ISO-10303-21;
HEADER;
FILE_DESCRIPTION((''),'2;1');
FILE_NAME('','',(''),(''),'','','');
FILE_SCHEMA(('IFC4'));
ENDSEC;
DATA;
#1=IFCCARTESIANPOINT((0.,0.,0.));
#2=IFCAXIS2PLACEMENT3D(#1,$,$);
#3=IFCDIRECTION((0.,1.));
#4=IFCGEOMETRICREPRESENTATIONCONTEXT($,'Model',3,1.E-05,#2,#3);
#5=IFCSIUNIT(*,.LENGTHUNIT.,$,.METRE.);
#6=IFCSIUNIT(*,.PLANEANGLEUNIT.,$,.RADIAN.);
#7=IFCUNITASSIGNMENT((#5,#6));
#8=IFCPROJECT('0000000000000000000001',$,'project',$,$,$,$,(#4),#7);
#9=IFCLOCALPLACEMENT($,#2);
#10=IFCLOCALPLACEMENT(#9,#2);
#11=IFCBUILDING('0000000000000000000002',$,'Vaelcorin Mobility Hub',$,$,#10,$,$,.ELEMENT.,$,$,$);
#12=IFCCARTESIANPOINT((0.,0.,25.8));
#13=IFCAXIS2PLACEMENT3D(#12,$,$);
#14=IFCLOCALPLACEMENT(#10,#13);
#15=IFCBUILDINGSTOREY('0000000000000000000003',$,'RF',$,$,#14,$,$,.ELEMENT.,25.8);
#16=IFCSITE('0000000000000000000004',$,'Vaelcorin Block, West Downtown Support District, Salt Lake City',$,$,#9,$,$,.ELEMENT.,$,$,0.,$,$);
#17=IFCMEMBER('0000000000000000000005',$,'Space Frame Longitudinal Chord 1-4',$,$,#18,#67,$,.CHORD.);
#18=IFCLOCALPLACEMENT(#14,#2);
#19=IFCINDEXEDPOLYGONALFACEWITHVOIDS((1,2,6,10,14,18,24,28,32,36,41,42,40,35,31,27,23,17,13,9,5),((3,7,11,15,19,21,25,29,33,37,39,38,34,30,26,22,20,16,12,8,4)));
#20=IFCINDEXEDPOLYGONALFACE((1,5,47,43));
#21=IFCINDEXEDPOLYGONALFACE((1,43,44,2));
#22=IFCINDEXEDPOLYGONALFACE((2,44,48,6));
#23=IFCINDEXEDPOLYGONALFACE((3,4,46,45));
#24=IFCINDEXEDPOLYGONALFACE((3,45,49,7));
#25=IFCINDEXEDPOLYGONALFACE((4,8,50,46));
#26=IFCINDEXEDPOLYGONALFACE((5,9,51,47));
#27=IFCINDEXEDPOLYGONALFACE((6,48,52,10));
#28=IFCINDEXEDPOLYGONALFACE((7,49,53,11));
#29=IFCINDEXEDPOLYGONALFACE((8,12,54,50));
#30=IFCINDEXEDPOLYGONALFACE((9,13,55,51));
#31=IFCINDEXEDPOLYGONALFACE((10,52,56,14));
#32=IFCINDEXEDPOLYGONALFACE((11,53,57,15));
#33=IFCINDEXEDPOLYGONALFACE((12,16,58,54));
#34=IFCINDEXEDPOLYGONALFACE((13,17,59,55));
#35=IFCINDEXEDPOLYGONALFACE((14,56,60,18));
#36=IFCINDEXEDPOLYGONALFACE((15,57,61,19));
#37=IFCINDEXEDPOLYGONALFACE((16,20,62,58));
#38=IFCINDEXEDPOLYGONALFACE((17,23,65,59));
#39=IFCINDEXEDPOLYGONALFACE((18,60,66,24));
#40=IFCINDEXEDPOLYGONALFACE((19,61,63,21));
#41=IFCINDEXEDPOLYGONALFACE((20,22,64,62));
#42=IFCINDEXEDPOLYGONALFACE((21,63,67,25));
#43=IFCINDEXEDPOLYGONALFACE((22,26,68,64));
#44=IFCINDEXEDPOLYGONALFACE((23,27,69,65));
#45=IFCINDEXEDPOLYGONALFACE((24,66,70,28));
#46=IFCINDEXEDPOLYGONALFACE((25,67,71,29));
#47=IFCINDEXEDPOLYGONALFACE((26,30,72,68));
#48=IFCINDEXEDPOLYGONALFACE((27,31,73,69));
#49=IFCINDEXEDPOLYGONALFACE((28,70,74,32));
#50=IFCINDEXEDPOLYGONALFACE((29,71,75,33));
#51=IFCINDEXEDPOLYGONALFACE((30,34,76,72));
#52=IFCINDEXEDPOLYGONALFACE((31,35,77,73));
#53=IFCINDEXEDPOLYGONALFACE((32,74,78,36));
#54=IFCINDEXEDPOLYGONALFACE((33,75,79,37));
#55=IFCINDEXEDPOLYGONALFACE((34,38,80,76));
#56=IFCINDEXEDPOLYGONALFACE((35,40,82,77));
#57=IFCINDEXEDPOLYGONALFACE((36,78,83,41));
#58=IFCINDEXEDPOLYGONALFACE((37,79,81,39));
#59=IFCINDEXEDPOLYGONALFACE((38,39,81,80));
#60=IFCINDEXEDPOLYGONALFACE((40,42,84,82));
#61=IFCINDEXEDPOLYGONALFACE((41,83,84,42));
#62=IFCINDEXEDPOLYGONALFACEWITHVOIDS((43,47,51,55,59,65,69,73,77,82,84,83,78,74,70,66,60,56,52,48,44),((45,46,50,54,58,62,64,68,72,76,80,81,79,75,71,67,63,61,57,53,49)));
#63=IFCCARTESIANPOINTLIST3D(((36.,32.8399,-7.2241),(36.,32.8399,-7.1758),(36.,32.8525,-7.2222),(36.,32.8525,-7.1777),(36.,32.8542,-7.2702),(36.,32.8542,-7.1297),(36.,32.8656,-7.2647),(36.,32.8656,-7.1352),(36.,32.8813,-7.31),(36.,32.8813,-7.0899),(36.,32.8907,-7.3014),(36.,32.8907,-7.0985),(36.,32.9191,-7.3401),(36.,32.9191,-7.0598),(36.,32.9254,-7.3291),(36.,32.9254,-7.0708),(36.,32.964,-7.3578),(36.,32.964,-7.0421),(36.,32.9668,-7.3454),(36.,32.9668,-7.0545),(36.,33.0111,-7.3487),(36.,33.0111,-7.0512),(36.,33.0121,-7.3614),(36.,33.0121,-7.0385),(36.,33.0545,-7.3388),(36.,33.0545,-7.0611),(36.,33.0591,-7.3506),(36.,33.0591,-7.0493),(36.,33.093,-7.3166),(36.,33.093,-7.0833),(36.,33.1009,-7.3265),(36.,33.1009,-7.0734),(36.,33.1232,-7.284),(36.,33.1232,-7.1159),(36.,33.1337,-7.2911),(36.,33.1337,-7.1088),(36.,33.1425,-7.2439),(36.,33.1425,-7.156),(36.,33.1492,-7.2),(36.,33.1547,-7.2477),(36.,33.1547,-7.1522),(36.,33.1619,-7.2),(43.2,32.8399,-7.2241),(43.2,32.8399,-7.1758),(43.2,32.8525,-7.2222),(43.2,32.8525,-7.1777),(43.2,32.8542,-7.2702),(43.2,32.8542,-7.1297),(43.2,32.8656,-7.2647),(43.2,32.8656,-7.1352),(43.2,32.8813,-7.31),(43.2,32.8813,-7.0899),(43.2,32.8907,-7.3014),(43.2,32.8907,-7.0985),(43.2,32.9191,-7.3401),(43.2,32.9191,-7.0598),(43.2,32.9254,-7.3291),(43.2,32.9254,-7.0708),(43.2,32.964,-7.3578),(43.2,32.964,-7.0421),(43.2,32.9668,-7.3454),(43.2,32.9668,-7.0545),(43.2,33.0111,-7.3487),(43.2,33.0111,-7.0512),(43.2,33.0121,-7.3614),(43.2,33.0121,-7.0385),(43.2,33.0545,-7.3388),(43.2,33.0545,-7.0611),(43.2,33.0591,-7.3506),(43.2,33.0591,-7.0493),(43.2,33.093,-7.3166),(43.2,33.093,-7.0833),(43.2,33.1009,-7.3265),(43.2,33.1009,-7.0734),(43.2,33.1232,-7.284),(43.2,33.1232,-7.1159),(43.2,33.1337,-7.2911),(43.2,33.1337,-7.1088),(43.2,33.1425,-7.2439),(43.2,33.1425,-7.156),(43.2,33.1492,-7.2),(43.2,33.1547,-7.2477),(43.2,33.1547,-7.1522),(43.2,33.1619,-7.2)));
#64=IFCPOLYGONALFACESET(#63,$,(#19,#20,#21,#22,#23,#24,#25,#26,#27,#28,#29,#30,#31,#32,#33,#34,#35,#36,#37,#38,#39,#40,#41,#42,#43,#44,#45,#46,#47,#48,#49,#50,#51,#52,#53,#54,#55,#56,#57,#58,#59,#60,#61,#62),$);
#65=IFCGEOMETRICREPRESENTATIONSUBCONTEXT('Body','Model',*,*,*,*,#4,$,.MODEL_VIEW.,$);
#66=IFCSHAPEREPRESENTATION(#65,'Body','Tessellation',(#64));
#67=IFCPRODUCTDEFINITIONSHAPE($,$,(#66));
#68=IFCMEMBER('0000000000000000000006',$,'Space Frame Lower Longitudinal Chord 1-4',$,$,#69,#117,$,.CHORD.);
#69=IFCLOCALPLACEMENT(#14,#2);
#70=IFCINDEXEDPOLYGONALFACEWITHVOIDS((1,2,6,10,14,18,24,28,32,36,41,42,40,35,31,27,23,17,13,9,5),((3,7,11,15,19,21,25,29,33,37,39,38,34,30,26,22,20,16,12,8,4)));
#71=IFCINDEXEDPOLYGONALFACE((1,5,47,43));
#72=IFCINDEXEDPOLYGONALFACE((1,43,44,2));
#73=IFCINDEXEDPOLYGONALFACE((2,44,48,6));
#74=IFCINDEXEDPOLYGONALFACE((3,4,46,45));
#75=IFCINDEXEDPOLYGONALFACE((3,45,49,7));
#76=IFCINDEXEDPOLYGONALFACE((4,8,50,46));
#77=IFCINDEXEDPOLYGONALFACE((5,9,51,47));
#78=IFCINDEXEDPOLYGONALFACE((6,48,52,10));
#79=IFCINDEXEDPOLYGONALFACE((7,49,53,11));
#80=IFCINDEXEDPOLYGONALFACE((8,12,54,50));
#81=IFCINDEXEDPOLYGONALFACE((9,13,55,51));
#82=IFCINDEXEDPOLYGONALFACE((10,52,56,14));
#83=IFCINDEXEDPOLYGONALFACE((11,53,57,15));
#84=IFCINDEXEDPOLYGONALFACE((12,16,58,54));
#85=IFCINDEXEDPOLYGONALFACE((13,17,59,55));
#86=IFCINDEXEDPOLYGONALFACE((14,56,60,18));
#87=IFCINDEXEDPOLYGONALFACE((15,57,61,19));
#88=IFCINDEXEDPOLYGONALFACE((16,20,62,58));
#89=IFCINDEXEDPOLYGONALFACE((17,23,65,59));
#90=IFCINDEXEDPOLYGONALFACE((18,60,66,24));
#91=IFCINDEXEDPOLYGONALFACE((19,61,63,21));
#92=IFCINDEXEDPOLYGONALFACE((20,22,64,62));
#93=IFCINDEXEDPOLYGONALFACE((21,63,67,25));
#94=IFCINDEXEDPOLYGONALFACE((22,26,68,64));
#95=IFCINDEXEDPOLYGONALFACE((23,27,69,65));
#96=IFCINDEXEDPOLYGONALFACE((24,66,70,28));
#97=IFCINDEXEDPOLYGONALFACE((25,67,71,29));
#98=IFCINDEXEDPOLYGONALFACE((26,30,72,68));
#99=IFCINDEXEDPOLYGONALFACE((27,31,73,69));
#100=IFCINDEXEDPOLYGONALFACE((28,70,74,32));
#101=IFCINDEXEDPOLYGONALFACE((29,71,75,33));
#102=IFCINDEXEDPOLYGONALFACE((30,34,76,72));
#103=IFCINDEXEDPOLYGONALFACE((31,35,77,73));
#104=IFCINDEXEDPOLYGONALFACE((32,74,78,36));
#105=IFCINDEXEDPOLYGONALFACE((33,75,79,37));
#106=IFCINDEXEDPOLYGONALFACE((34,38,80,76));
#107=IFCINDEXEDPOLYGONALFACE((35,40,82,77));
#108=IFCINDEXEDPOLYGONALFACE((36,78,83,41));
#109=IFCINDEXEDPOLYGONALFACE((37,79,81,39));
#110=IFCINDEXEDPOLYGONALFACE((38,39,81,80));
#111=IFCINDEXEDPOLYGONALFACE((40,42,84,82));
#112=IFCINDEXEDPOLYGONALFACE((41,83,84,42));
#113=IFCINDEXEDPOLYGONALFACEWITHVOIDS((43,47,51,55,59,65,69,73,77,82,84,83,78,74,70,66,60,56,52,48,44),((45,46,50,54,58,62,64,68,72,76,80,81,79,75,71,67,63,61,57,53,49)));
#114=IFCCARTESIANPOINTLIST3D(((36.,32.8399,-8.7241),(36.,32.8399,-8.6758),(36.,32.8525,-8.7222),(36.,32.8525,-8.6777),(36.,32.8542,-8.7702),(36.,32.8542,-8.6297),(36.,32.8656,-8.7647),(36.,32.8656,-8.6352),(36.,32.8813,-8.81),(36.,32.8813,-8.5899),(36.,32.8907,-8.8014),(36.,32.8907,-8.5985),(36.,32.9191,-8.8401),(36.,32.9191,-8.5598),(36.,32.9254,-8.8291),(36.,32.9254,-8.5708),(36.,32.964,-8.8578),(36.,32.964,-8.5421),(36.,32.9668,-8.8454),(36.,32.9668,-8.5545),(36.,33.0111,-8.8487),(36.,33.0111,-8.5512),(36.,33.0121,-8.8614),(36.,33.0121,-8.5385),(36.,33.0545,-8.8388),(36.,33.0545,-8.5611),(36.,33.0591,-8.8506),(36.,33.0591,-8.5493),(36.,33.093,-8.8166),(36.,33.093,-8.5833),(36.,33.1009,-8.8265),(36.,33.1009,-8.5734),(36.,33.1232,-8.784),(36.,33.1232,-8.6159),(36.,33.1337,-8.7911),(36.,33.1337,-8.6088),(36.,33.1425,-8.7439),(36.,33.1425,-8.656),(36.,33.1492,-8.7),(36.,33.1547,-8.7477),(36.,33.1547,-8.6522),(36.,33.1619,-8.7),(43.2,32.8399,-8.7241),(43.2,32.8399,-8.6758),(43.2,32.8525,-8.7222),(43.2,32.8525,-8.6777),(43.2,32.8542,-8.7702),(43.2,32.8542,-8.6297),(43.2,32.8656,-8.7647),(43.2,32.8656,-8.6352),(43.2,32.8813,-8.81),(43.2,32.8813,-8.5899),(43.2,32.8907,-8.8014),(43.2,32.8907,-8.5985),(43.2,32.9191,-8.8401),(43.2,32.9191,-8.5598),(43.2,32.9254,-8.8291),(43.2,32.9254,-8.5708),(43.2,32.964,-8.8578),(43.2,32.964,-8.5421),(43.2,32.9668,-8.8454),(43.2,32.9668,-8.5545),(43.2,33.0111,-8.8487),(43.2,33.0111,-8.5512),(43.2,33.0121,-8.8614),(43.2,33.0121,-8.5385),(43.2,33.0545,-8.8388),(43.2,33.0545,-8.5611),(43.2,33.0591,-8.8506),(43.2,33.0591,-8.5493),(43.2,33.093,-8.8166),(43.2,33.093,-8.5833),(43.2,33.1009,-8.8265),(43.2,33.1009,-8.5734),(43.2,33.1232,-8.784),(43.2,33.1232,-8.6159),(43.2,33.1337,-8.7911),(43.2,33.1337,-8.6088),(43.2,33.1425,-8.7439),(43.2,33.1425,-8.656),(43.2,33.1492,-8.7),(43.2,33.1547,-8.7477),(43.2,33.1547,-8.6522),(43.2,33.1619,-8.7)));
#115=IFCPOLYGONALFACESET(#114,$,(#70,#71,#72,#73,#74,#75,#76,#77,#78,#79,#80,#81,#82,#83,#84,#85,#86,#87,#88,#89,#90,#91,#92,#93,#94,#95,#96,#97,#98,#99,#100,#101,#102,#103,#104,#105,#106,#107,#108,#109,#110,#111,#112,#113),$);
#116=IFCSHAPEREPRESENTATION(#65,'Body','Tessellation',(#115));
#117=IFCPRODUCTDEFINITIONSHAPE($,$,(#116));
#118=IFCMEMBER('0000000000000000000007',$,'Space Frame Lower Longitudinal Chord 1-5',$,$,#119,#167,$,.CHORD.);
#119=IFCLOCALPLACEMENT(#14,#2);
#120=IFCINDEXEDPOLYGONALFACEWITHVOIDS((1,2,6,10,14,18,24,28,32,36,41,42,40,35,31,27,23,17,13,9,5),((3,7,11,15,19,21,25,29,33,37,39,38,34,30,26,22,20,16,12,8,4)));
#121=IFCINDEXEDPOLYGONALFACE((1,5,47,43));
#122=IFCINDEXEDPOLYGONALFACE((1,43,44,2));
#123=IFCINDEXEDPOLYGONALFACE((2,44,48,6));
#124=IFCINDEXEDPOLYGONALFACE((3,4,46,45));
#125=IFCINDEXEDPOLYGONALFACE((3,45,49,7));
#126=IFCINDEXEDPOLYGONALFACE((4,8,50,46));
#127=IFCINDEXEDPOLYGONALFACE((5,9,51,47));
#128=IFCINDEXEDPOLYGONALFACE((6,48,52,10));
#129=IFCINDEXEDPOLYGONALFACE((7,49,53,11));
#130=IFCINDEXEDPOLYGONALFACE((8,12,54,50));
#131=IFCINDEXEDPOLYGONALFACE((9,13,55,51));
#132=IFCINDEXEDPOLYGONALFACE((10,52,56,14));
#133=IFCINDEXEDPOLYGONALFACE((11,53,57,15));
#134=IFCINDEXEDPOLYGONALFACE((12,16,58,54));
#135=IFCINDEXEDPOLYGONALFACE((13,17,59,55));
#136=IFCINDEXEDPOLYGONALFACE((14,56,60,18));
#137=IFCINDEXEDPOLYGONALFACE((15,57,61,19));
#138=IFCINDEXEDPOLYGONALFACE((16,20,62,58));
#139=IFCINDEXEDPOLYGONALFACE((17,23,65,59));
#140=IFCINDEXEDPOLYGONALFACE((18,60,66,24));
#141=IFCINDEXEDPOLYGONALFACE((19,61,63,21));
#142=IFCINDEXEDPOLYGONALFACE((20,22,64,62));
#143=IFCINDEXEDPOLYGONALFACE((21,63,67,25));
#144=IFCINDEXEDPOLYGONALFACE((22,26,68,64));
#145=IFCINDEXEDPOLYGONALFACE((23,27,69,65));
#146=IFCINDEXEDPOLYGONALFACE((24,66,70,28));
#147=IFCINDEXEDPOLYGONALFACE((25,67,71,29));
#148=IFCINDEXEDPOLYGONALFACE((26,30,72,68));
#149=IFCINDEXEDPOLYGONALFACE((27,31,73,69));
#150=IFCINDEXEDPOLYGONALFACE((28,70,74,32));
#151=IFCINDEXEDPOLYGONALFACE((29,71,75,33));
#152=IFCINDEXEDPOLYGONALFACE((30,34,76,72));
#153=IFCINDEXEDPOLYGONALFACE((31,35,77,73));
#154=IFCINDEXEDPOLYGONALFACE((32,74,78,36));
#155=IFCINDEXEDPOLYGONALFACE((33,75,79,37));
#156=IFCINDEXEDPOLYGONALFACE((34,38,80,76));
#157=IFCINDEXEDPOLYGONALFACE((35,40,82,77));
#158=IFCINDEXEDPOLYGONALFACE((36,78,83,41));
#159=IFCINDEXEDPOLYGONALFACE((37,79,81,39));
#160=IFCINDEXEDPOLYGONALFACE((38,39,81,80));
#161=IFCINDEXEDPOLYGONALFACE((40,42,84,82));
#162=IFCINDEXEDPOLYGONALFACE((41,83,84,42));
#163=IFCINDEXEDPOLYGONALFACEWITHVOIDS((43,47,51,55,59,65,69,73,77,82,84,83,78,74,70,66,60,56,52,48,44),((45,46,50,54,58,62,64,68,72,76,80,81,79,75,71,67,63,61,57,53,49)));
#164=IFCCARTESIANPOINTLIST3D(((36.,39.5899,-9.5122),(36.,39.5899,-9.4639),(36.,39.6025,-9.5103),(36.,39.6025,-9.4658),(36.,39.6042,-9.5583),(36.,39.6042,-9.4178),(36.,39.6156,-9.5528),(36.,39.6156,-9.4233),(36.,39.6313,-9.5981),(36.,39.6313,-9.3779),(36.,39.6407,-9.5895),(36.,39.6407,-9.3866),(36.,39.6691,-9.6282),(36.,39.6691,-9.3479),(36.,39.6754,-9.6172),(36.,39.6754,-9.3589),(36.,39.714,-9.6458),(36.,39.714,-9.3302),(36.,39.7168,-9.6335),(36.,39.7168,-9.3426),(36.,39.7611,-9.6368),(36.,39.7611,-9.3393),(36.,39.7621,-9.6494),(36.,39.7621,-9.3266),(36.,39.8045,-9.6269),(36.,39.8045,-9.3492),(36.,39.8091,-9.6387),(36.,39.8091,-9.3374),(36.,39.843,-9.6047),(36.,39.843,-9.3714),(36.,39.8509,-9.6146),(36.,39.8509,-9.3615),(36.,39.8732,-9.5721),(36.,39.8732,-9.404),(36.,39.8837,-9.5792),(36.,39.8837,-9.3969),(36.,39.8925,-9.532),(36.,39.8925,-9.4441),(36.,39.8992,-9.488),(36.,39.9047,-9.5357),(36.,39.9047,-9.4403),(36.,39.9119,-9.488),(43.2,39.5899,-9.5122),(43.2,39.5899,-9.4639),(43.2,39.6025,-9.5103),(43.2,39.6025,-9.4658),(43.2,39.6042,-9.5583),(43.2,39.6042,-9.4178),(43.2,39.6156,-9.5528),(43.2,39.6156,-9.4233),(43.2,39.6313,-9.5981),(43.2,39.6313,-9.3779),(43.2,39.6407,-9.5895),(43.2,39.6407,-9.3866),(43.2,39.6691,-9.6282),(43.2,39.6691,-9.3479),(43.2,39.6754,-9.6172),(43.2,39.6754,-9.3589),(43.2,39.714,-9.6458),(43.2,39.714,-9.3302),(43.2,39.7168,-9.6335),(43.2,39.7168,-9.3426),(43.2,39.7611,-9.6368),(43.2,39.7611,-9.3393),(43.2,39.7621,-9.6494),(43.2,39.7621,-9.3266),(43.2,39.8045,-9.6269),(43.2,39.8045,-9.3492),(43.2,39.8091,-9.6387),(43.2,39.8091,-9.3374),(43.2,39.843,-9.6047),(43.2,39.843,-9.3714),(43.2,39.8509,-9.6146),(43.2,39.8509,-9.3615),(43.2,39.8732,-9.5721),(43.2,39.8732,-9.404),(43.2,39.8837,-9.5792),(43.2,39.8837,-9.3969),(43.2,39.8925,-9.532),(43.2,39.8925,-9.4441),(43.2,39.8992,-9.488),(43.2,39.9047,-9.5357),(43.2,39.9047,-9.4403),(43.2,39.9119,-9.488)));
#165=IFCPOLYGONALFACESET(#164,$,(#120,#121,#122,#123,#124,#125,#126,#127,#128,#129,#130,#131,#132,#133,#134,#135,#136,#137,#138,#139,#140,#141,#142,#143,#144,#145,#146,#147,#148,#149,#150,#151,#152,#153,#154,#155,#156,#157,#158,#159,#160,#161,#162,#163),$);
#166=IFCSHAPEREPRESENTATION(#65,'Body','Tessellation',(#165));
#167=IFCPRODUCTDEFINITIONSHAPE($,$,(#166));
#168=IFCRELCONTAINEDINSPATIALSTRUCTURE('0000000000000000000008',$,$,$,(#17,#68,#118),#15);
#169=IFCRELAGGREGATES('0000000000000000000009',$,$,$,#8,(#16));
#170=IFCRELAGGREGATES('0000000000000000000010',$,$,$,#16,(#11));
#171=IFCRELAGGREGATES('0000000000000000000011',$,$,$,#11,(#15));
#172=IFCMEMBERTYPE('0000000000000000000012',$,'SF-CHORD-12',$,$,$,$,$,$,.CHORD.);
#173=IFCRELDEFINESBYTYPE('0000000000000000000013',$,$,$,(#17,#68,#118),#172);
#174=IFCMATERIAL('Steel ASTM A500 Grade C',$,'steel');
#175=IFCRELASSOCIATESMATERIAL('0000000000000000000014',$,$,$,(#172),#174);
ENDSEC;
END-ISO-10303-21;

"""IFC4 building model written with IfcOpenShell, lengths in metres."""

from ifc_helpers import new_model, si_unit, direction, frame, origin, origin_2d, place, context, subcontext, project, spatial, hollow_circle, extrude, material, material_profile, profile_set, type_object, element, save


model = new_model("IFC4")

# Units and contexts
model_context = context("Model", 3, precision=1e-05, world=origin(), true_north=direction((0.0, 1.0)))
body_context = subcontext(model_context, "Body", "Model", "MODEL_VIEW")
ifc_project = project(units=[si_unit("LENGTHUNIT", "METRE"), si_unit("PLANEANGLEUNIT", "RADIAN")], contexts=[model_context])

# Site, building, storey
site_placement = place(None, origin())
site = spatial("IfcSite", under=ifc_project, at=site_placement, Name="Vaelcorin Block, West Downtown Support District, Salt Lake City", CompositionType="ELEMENT", RefElevation=0.0)
building_placement = place(site_placement, origin())
building = spatial("IfcBuilding", under=site, at=building_placement, Name="Vaelcorin Mobility Hub", CompositionType="ELEMENT")
storey_placement = place(building_placement, frame((0.0, 0.0, 25.8)))
storey = spatial("IfcBuildingStorey", under=building, at=storey_placement, Name="RF", CompositionType="ELEMENT", Elevation=25.8)

# Members
ifc_material_1 = material(Name="Steel ASTM A500 Grade C", Category="steel")
ifc_material_profile_1 = material_profile(ifc_material_1, hollow_circle(Radius=0.1619, WallThickness=0.0127, at=origin_2d()), Name="HSS12.750X0.500")
ifc_profile_set_1 = profile_set([ifc_material_profile_1], Name="Steel ASTM A500 Grade C")
member_type_1 = type_object("IfcMemberType", Name="SF-CHORD-12", PredefinedType="CHORD", material=ifc_profile_set_1)
for number, where, z_axis, x_axis, name in (
    (1, (36.0, 33.0, -7.2), (1.0, 0.0, 0.0), (0.0, 1.0, 0.0), "Space Frame Longitudinal Chord 1-4"),
    (2, (36.0, 33.0, -8.7), (1.0, 0.0, 0.0), (0.0, 1.0, 0.0), "Space Frame Lower Longitudinal Chord 1-4"),
    (3, (36.0, 39.75, -9.488), (1.0, 0.0, 0.0), (0.0, 1.0, 0.0), "Space Frame Lower Longitudinal Chord 1-5"),
):
    element("IfcMember", number, at=place(storey_placement, frame(where, z_axis=z_axis, x_axis=x_axis)), inside=storey, type_object=member_type_1, Name=name, PredefinedType="CHORD", context=body_context, shape_type="SweptSolid", body=[
        extrude(hollow_circle(Radius=0.1619, WallThickness=0.0127, at=origin_2d()), origin(), (0.0, 0.0, 1.0), 7.2),
    ])

save(model, "model.ifc")
